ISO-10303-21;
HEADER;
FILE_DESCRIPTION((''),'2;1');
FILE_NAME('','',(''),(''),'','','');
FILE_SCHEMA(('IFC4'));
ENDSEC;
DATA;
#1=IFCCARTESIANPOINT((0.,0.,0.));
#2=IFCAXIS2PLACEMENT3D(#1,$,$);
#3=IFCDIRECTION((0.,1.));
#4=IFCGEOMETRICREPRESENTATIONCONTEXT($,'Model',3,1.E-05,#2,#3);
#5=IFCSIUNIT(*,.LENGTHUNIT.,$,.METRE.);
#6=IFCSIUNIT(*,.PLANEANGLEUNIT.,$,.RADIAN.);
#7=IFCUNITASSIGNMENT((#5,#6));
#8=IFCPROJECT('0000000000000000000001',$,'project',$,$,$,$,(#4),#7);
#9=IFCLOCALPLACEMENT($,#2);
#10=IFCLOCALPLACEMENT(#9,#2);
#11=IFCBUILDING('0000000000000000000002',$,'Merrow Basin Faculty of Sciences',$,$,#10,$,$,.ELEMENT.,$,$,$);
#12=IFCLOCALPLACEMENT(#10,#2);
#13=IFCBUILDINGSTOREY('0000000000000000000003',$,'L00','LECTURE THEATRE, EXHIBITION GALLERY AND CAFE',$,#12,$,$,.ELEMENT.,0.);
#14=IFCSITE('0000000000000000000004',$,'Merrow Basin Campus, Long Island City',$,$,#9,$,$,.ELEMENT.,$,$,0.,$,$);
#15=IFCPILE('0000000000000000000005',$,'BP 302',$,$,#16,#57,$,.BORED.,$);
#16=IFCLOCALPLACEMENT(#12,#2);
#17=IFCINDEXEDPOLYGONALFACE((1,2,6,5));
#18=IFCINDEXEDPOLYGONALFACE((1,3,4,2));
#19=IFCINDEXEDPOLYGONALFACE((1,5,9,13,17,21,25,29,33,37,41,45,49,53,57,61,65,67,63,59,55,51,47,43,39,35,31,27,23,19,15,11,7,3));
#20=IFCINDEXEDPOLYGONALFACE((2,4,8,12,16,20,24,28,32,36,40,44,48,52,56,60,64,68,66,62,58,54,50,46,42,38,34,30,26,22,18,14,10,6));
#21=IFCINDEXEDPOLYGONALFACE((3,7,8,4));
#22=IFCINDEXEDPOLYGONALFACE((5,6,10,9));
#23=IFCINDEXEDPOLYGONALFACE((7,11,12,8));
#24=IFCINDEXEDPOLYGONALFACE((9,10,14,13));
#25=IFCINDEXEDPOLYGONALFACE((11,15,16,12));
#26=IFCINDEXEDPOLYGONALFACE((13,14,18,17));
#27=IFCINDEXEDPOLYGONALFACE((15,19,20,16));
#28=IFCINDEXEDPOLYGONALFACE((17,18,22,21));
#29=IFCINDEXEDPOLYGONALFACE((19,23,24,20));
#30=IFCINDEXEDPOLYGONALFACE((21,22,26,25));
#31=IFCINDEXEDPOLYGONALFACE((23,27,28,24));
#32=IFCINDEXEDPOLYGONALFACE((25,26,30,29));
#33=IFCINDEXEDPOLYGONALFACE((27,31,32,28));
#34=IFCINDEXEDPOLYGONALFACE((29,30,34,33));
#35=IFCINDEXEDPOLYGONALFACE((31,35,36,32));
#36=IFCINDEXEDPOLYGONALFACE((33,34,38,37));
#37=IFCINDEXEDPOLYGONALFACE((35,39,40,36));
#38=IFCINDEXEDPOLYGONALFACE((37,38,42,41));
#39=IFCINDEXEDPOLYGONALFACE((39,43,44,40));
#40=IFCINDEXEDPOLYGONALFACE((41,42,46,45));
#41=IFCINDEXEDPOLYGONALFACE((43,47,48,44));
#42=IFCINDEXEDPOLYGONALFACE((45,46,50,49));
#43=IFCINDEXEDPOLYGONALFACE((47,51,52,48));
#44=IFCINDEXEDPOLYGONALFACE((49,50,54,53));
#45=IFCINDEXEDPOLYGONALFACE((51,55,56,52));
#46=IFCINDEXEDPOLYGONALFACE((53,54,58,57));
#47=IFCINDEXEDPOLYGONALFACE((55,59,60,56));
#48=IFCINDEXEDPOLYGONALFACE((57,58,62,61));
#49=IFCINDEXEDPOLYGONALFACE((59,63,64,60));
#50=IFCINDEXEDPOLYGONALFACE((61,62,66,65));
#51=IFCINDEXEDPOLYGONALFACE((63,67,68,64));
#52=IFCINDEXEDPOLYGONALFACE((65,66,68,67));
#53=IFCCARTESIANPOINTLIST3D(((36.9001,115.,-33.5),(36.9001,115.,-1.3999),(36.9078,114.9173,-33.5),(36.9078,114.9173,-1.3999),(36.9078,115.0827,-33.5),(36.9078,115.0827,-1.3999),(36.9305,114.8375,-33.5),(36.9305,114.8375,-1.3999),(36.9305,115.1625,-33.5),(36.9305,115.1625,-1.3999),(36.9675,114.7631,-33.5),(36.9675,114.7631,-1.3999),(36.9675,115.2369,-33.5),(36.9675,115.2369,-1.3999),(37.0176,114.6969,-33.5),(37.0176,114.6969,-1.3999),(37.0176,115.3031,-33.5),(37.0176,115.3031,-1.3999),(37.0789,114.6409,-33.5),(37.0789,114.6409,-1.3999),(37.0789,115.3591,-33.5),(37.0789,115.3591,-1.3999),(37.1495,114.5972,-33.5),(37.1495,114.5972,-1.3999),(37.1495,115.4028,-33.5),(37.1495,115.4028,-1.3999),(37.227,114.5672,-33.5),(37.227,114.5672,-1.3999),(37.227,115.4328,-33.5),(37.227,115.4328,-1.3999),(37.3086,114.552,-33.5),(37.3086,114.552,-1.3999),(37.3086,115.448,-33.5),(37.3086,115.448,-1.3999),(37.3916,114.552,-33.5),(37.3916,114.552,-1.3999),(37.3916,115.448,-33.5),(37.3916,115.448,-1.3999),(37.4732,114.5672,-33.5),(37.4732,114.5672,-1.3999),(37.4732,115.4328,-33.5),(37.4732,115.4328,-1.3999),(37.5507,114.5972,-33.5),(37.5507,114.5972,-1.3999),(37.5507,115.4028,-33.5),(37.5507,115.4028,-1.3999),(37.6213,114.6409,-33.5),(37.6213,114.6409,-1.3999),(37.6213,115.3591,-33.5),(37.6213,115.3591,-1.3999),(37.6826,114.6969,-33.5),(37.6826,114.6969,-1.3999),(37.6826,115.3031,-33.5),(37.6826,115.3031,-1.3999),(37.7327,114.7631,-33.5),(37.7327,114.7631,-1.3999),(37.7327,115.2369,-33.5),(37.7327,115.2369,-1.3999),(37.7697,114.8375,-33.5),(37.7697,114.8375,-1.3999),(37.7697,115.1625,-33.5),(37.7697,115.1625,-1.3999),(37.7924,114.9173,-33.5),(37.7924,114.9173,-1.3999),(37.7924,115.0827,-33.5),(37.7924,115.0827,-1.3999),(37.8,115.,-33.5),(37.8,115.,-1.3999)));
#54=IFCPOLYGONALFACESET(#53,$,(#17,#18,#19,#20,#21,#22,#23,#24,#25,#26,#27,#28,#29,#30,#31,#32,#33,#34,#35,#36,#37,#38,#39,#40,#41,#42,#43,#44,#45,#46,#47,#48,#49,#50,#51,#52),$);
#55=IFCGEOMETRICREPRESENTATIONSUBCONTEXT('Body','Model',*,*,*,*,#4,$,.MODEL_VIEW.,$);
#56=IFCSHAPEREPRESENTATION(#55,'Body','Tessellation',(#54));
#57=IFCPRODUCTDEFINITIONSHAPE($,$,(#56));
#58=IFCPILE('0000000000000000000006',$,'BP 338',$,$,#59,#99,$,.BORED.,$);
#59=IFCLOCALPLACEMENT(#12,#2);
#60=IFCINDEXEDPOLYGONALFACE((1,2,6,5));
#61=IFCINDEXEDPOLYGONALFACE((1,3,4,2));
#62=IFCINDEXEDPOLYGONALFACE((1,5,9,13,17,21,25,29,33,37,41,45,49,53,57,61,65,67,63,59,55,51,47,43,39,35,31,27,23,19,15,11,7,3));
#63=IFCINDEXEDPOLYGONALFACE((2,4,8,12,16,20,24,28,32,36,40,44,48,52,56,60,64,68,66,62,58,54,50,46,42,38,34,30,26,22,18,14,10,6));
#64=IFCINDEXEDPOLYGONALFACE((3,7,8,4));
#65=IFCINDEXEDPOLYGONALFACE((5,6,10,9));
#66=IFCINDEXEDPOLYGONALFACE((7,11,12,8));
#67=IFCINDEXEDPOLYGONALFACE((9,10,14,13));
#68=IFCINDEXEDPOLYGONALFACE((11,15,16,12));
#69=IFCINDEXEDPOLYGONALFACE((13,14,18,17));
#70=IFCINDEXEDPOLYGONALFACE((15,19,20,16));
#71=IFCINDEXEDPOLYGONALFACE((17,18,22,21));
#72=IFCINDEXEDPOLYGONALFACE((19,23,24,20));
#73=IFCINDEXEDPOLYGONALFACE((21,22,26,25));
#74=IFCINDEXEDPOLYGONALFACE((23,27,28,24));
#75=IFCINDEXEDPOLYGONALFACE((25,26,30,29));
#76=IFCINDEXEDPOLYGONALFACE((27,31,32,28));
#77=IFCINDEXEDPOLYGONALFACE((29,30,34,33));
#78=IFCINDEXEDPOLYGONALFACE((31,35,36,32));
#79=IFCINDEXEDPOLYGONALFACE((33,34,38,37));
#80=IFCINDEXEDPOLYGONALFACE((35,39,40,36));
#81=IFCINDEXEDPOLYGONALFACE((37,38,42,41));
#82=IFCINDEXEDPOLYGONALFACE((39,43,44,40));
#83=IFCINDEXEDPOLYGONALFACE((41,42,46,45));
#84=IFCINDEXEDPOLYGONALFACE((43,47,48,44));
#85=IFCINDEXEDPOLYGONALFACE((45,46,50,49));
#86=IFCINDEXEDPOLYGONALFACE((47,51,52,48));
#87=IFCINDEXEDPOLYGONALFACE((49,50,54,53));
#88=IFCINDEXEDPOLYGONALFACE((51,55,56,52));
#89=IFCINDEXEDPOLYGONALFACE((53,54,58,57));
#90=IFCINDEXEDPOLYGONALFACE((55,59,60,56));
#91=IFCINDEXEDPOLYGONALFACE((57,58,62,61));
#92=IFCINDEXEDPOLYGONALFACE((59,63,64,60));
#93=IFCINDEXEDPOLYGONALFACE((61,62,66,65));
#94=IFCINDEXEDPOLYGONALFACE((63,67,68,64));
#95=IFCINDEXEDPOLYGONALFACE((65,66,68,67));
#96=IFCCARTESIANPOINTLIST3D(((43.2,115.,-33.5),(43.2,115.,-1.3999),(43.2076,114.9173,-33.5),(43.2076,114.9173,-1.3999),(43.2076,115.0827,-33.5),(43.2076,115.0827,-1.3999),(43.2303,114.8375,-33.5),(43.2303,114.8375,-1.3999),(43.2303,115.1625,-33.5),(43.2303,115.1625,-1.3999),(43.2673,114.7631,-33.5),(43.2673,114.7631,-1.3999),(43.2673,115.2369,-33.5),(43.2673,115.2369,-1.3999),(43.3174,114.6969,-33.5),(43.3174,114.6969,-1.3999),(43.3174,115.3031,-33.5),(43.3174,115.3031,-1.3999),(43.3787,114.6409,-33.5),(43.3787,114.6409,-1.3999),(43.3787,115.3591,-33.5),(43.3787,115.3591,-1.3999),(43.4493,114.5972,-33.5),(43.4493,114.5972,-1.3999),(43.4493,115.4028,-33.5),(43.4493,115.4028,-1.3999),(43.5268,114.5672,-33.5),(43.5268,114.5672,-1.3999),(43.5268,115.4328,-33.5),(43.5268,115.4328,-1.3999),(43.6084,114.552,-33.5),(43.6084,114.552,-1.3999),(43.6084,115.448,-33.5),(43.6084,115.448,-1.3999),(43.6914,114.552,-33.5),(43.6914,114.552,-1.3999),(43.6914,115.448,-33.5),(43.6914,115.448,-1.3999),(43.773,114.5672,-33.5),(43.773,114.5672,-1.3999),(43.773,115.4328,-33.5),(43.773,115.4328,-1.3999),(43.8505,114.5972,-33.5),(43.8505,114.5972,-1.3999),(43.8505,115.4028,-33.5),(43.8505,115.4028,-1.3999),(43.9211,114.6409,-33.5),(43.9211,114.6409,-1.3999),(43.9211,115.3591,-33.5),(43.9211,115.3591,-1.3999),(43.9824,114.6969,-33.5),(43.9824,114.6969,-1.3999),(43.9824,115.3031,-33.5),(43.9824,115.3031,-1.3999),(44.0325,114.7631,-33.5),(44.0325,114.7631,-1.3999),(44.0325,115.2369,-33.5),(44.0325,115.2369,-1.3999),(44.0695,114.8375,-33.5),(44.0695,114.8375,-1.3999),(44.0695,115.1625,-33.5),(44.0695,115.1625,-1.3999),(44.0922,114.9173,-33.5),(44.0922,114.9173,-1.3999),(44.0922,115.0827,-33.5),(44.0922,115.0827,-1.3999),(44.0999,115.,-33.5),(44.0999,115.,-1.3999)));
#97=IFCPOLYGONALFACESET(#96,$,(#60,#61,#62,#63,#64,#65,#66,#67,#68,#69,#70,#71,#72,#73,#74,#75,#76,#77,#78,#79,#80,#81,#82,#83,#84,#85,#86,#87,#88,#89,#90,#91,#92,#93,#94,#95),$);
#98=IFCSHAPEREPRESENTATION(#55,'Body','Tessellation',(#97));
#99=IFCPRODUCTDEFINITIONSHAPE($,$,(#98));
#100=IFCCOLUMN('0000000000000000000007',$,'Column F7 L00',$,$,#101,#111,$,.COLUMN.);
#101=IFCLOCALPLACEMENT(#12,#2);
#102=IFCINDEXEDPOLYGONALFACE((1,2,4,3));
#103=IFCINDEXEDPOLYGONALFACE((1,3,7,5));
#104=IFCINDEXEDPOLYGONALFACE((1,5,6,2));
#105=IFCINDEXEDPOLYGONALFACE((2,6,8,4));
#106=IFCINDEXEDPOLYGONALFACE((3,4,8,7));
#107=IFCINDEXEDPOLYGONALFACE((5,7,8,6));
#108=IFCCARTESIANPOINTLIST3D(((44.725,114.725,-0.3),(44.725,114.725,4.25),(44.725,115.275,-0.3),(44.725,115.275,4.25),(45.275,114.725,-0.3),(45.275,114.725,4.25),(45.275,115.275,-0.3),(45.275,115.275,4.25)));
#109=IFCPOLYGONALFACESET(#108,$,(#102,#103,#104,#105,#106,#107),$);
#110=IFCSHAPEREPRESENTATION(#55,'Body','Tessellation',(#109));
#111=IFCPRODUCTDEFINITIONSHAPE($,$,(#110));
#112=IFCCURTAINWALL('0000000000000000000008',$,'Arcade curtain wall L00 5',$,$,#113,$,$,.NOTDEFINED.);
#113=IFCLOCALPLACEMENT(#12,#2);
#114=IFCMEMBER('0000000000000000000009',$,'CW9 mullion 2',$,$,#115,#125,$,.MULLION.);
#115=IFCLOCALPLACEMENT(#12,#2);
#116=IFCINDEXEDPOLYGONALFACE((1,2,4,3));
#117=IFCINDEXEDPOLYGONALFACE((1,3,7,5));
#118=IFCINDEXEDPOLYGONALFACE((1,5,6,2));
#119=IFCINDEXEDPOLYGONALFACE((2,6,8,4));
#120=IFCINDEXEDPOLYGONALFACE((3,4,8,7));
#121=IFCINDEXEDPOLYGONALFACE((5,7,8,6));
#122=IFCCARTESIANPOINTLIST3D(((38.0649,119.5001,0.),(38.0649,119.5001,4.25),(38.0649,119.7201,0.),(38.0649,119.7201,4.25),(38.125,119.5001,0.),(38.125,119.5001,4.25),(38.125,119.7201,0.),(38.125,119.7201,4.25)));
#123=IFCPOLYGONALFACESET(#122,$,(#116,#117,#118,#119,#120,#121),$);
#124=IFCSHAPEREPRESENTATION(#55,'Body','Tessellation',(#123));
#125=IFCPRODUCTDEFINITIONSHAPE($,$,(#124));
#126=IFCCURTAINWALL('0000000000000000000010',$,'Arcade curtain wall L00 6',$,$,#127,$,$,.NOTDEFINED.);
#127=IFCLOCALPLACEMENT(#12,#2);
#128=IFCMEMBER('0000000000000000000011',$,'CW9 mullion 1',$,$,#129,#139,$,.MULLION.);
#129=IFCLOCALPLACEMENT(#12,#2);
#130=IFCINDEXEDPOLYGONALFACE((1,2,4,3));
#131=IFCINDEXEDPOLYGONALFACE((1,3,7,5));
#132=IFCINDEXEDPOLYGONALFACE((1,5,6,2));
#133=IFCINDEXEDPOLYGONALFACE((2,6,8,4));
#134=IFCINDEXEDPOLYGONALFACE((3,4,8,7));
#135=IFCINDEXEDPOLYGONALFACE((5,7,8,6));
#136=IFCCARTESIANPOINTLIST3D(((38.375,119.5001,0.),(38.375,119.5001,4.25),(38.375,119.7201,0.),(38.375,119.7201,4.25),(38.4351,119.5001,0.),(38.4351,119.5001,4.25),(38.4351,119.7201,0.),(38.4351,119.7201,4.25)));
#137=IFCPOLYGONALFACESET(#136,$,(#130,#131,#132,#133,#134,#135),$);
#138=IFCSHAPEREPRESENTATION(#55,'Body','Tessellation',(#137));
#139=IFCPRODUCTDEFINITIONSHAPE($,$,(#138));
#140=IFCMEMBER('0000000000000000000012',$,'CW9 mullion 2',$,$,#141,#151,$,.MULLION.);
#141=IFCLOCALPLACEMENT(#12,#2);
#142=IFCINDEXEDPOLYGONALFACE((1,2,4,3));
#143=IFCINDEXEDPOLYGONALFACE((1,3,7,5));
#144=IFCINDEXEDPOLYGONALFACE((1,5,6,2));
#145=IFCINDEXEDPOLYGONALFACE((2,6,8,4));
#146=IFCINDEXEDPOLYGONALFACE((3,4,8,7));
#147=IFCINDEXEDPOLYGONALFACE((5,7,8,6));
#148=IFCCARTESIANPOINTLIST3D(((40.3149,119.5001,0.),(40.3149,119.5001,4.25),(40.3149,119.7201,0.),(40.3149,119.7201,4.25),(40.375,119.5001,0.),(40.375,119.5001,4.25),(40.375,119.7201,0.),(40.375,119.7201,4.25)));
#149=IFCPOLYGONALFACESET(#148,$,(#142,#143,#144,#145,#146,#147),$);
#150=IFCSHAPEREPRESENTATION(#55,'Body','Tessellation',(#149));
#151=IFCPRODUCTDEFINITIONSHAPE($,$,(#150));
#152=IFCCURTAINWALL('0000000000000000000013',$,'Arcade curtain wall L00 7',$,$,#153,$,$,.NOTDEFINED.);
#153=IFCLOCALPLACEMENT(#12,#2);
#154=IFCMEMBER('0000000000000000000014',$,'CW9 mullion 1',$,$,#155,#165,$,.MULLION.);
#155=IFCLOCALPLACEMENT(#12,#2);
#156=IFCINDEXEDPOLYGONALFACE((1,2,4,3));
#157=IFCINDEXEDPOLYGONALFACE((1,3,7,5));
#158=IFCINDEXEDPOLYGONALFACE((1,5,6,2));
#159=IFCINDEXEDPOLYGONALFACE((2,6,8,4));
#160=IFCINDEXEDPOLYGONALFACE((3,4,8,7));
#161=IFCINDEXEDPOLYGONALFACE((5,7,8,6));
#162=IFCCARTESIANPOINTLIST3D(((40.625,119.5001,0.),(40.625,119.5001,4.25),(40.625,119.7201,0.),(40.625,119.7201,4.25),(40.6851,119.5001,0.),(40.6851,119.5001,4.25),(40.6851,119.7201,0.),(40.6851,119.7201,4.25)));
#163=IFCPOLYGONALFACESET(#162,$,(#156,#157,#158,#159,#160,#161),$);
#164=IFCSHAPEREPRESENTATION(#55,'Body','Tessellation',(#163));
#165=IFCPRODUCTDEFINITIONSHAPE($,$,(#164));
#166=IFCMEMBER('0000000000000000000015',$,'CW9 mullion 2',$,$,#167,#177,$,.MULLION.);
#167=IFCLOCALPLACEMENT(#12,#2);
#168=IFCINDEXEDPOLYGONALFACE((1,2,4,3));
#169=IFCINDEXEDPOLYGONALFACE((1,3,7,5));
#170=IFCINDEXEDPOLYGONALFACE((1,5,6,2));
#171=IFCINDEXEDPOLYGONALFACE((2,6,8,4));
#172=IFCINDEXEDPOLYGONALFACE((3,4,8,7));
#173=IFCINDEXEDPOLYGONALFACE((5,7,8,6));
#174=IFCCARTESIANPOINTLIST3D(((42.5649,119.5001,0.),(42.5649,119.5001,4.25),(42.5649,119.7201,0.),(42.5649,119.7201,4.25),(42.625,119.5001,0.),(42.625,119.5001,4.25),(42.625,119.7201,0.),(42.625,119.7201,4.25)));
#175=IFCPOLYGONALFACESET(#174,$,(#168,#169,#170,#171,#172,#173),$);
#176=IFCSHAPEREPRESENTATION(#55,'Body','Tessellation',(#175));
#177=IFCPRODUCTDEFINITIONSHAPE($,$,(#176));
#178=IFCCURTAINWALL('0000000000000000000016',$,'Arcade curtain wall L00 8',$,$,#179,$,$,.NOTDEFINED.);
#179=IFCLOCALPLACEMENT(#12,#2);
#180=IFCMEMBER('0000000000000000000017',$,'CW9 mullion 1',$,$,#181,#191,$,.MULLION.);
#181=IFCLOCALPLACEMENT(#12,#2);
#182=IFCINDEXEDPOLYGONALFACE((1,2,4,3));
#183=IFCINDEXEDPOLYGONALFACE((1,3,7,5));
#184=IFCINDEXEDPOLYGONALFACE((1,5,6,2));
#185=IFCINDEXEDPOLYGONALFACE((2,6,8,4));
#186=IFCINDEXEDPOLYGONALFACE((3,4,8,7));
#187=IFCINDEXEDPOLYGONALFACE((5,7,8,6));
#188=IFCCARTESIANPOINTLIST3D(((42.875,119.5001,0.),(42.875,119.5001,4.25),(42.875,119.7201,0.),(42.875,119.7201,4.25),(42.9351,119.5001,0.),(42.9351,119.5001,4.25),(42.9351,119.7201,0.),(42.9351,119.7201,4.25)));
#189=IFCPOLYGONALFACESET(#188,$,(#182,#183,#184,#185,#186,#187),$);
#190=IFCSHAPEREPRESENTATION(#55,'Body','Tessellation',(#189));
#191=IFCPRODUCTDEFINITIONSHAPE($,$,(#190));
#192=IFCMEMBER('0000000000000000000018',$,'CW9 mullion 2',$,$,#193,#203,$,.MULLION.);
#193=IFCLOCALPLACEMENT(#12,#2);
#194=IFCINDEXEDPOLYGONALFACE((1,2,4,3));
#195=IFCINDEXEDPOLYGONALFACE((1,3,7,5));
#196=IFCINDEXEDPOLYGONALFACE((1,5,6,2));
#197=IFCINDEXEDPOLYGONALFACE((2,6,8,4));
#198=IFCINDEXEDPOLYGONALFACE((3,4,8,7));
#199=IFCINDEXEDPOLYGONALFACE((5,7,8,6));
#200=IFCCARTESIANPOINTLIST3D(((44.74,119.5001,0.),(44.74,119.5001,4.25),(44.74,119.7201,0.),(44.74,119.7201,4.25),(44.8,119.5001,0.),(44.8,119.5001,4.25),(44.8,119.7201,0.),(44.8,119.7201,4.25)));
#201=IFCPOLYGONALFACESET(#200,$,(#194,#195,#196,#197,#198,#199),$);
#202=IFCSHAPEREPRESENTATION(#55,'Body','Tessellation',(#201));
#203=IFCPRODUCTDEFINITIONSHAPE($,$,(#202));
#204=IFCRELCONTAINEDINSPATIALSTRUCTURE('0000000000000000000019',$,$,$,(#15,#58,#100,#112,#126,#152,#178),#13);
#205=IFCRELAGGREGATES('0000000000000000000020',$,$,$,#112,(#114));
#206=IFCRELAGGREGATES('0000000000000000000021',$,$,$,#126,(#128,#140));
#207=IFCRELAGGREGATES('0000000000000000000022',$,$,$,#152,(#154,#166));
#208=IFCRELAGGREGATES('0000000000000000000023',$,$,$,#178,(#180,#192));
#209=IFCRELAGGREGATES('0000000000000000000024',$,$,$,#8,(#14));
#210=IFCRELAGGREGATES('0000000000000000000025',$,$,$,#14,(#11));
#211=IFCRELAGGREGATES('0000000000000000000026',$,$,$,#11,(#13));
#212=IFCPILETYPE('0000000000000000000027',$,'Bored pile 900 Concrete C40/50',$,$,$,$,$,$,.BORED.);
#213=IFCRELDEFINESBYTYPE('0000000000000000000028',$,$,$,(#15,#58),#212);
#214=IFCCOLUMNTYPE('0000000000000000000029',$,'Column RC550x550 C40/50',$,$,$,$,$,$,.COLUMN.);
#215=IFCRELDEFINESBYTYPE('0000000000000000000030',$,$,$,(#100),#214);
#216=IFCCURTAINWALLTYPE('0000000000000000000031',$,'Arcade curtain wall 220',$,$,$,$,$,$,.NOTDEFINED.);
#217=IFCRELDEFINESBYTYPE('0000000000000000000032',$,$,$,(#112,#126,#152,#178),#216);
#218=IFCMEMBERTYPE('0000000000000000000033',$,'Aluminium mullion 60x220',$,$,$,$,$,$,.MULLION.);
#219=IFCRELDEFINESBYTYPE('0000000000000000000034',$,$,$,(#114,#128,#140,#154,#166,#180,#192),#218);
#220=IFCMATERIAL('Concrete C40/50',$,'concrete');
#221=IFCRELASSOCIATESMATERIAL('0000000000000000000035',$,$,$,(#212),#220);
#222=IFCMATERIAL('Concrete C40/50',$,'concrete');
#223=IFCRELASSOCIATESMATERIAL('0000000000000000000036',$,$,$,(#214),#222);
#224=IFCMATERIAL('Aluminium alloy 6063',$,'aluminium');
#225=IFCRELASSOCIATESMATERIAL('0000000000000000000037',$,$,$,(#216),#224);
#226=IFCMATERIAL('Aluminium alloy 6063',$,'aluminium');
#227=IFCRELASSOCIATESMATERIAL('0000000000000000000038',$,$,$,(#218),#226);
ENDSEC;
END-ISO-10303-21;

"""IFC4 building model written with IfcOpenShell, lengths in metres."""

from ifc_helpers import new_model, si_unit, direction, frame, origin, origin_2d, place, context, subcontext, project, spatial, rectangle, circle, extrude, material, material_profile, profile_set, type_object, element, aggregate, save


model = new_model("IFC4")

# Units and contexts
model_context = context("Model", 3, precision=1e-05, world=origin(), true_north=direction((0.0, 1.0)))
body_context = subcontext(model_context, "Body", "Model", "MODEL_VIEW")
ifc_project = project(units=[si_unit("LENGTHUNIT", "METRE"), si_unit("PLANEANGLEUNIT", "RADIAN")], contexts=[model_context])

# Site, building, storey
site_placement = place(None, origin())
site = spatial("IfcSite", under=ifc_project, at=site_placement, Name="Merrow Basin Campus, Long Island City", CompositionType="ELEMENT", RefElevation=0.0)
building_placement = place(site_placement, origin())
building = spatial("IfcBuilding", under=site, at=building_placement, Name="Merrow Basin Faculty of Sciences", CompositionType="ELEMENT")
storey_placement = place(building_placement, origin())
storey = spatial("IfcBuildingStorey", under=building, at=storey_placement, Name="L00", Description="LECTURE THEATRE, EXHIBITION GALLERY AND CAFE", CompositionType="ELEMENT", Elevation=0.0)

# Piles
ifc_material_1 = material(Name="Concrete C40/50", Category="concrete")
ifc_material_profile_1 = material_profile(ifc_material_1, circle(Radius=0.45, at=origin_2d()))
ifc_profile_set_1 = profile_set([ifc_material_profile_1], Name="Concrete C40/50")
pile_type = type_object("IfcPileType", Name="Bored pile 900 Concrete C40/50", PredefinedType="BORED", material=ifc_profile_set_1)
for number, where, z_axis, x_axis, name in (
    (1, (37.3501, 115.0, -1.3999), (0.0, 0.0, -1.0), (1.0, 0.0, 0.0), "BP 302"),
    (2, (43.6499, 115.0, -1.3999), (0.0, 0.0, -1.0), (1.0, 0.0, 0.0), "BP 338"),
):
    element("IfcPile", number, at=place(storey_placement, frame(where, z_axis=z_axis, x_axis=x_axis)), inside=storey, type_object=pile_type, Name=name, PredefinedType="BORED", context=body_context, shape_type="SweptSolid", body=[
        extrude(circle(Radius=0.45, at=origin_2d()), origin(), (0.0, 0.0, 1.0), 32.1001),
    ])

# Column
ifc_material_2 = material(Name="Concrete C40/50", Category="concrete")
ifc_material_profile_2 = material_profile(ifc_material_2, rectangle(XDim=0.55, YDim=0.55, at=origin_2d()))
ifc_profile_set_2 = profile_set([ifc_material_profile_2], Name="Concrete C40/50")
column_type = type_object("IfcColumnType", Name="Column RC550x550 C40/50", PredefinedType="COLUMN", material=ifc_profile_set_2)
column_placement = place(storey_placement, frame((45.0, 115.0, -0.3), z_axis=(0.0, 0.0, 1.0), x_axis=(1.0, 0.0, 0.0)))
element("IfcColumn", 3, at=column_placement, inside=storey, type_object=column_type, Name="Column F7 L00", PredefinedType="COLUMN", context=body_context, shape_type="SweptSolid", body=[
    extrude(rectangle(XDim=0.55, YDim=0.55, at=origin_2d()), origin(), (0.0, 0.0, 1.0), 4.55),
])

# Curtain wall, member
ifc_material_3 = material(Name="Aluminium alloy 6063", Category="aluminium")
curtain_wall_type = type_object("IfcCurtainWallType", Name="Arcade curtain wall 220", PredefinedType="NOTDEFINED", material=ifc_material_3)
curtain_wall_1_placement = place(storey_placement, origin())
curtain_wall_1 = element("IfcCurtainWall", 4, at=curtain_wall_1_placement, inside=storey, type_object=curtain_wall_type, Name="Arcade curtain wall L00 5", PredefinedType="NOTDEFINED")
ifc_material_4 = material(Name="Aluminium alloy 6063", Category="aluminium")
ifc_material_profile_3 = material_profile(ifc_material_4, rectangle(XDim=0.22, YDim=0.0601, at=origin_2d()))
ifc_profile_set_3 = profile_set([ifc_material_profile_3], Name="Aluminium alloy 6063")
member_type_1 = type_object("IfcMemberType", Name="Aluminium mullion 60x220", PredefinedType="MULLION", material=ifc_profile_set_3)
member_1_placement = place(storey_placement, frame((38.095, 119.6101, 0.0), z_axis=(0.0, 0.0, 1.0), x_axis=(0.0, 1.0, 0.0)))
member_1 = element("IfcMember", 5, at=member_1_placement, type_object=member_type_1, Name="CW9 mullion 2", PredefinedType="MULLION", context=body_context, shape_type="SweptSolid", body=[
    extrude(rectangle(XDim=0.22, YDim=0.0601, at=origin_2d()), origin(), (0.0, 0.0, 1.0), 4.25),
])

# Curtain walls, members
curtain_wall_2_placement = place(storey_placement, origin())
curtain_wall_2 = element("IfcCurtainWall", 6, at=curtain_wall_2_placement, inside=storey, type_object=curtain_wall_type, Name="Arcade curtain wall L00 6", PredefinedType="NOTDEFINED")
member_2_placement = place(storey_placement, frame((38.405, 119.6101, 0.0), z_axis=(0.0, 0.0, 1.0), x_axis=(0.0, 1.0, 0.0)))
member_2 = element("IfcMember", 7, at=member_2_placement, type_object=member_type_1, Name="CW9 mullion 1", PredefinedType="MULLION", context=body_context, shape_type="SweptSolid", body=[
    extrude(rectangle(XDim=0.22, YDim=0.0601, at=origin_2d()), origin(), (0.0, 0.0, 1.0), 4.25),
])
member_3_placement = place(storey_placement, frame((40.345, 119.6101, 0.0), z_axis=(0.0, 0.0, 1.0), x_axis=(0.0, 1.0, 0.0)))
member_3 = element("IfcMember", 8, at=member_3_placement, type_object=member_type_1, Name="CW9 mullion 2", PredefinedType="MULLION", context=body_context, shape_type="SweptSolid", body=[
    extrude(rectangle(XDim=0.22, YDim=0.0601, at=origin_2d()), origin(), (0.0, 0.0, 1.0), 4.25),
])
curtain_wall_3_placement = place(storey_placement, origin())
curtain_wall_3 = element("IfcCurtainWall", 9, at=curtain_wall_3_placement, inside=storey, type_object=curtain_wall_type, Name="Arcade curtain wall L00 7", PredefinedType="NOTDEFINED")
member_4_placement = place(storey_placement, frame((40.655, 119.6101, 0.0), z_axis=(0.0, 0.0, 1.0), x_axis=(0.0, 1.0, 0.0)))
member_4 = element("IfcMember", 10, at=member_4_placement, type_object=member_type_1, Name="CW9 mullion 1", PredefinedType="MULLION", context=body_context, shape_type="SweptSolid", body=[
    extrude(rectangle(XDim=0.22, YDim=0.0601, at=origin_2d()), origin(), (0.0, 0.0, 1.0), 4.25),
])
member_5_placement = place(storey_placement, frame((42.595, 119.6101, 0.0), z_axis=(0.0, 0.0, 1.0), x_axis=(0.0, 1.0, 0.0)))
member_5 = element("IfcMember", 11, at=member_5_placement, type_object=member_type_1, Name="CW9 mullion 2", PredefinedType="MULLION", context=body_context, shape_type="SweptSolid", body=[
    extrude(rectangle(XDim=0.22, YDim=0.0601, at=origin_2d()), origin(), (0.0, 0.0, 1.0), 4.25),
])
curtain_wall_4_placement = place(storey_placement, origin())
curtain_wall_4 = element("IfcCurtainWall", 12, at=curtain_wall_4_placement, inside=storey, type_object=curtain_wall_type, Name="Arcade curtain wall L00 8", PredefinedType="NOTDEFINED")
member_6_placement = place(storey_placement, frame((42.905, 119.6101, 0.0), z_axis=(0.0, 0.0, 1.0), x_axis=(0.0, 1.0, 0.0)))
member_6 = element("IfcMember", 13, at=member_6_placement, type_object=member_type_1, Name="CW9 mullion 1", PredefinedType="MULLION", context=body_context, shape_type="SweptSolid", body=[
    extrude(rectangle(XDim=0.22, YDim=0.0601, at=origin_2d()), origin(), (0.0, 0.0, 1.0), 4.25),
])
member_7_placement = place(storey_placement, frame((44.77, 119.6101, 0.0), z_axis=(0.0, 0.0, 1.0), x_axis=(0.0, 1.0, 0.0)))
member_7 = element("IfcMember", 14, at=member_7_placement, type_object=member_type_1, Name="CW9 mullion 2", PredefinedType="MULLION", context=body_context, shape_type="SweptSolid", body=[
    extrude(rectangle(XDim=0.22, YDim=0.0601, at=origin_2d()), origin(), (0.0, 0.0, 1.0), 4.25),
])

aggregate(curtain_wall_1, [member_1])
aggregate(curtain_wall_2, [member_2, member_3])
aggregate(curtain_wall_3, [member_4, member_5])
aggregate(curtain_wall_4, [member_6, member_7])

save(model, "model.ifc")
